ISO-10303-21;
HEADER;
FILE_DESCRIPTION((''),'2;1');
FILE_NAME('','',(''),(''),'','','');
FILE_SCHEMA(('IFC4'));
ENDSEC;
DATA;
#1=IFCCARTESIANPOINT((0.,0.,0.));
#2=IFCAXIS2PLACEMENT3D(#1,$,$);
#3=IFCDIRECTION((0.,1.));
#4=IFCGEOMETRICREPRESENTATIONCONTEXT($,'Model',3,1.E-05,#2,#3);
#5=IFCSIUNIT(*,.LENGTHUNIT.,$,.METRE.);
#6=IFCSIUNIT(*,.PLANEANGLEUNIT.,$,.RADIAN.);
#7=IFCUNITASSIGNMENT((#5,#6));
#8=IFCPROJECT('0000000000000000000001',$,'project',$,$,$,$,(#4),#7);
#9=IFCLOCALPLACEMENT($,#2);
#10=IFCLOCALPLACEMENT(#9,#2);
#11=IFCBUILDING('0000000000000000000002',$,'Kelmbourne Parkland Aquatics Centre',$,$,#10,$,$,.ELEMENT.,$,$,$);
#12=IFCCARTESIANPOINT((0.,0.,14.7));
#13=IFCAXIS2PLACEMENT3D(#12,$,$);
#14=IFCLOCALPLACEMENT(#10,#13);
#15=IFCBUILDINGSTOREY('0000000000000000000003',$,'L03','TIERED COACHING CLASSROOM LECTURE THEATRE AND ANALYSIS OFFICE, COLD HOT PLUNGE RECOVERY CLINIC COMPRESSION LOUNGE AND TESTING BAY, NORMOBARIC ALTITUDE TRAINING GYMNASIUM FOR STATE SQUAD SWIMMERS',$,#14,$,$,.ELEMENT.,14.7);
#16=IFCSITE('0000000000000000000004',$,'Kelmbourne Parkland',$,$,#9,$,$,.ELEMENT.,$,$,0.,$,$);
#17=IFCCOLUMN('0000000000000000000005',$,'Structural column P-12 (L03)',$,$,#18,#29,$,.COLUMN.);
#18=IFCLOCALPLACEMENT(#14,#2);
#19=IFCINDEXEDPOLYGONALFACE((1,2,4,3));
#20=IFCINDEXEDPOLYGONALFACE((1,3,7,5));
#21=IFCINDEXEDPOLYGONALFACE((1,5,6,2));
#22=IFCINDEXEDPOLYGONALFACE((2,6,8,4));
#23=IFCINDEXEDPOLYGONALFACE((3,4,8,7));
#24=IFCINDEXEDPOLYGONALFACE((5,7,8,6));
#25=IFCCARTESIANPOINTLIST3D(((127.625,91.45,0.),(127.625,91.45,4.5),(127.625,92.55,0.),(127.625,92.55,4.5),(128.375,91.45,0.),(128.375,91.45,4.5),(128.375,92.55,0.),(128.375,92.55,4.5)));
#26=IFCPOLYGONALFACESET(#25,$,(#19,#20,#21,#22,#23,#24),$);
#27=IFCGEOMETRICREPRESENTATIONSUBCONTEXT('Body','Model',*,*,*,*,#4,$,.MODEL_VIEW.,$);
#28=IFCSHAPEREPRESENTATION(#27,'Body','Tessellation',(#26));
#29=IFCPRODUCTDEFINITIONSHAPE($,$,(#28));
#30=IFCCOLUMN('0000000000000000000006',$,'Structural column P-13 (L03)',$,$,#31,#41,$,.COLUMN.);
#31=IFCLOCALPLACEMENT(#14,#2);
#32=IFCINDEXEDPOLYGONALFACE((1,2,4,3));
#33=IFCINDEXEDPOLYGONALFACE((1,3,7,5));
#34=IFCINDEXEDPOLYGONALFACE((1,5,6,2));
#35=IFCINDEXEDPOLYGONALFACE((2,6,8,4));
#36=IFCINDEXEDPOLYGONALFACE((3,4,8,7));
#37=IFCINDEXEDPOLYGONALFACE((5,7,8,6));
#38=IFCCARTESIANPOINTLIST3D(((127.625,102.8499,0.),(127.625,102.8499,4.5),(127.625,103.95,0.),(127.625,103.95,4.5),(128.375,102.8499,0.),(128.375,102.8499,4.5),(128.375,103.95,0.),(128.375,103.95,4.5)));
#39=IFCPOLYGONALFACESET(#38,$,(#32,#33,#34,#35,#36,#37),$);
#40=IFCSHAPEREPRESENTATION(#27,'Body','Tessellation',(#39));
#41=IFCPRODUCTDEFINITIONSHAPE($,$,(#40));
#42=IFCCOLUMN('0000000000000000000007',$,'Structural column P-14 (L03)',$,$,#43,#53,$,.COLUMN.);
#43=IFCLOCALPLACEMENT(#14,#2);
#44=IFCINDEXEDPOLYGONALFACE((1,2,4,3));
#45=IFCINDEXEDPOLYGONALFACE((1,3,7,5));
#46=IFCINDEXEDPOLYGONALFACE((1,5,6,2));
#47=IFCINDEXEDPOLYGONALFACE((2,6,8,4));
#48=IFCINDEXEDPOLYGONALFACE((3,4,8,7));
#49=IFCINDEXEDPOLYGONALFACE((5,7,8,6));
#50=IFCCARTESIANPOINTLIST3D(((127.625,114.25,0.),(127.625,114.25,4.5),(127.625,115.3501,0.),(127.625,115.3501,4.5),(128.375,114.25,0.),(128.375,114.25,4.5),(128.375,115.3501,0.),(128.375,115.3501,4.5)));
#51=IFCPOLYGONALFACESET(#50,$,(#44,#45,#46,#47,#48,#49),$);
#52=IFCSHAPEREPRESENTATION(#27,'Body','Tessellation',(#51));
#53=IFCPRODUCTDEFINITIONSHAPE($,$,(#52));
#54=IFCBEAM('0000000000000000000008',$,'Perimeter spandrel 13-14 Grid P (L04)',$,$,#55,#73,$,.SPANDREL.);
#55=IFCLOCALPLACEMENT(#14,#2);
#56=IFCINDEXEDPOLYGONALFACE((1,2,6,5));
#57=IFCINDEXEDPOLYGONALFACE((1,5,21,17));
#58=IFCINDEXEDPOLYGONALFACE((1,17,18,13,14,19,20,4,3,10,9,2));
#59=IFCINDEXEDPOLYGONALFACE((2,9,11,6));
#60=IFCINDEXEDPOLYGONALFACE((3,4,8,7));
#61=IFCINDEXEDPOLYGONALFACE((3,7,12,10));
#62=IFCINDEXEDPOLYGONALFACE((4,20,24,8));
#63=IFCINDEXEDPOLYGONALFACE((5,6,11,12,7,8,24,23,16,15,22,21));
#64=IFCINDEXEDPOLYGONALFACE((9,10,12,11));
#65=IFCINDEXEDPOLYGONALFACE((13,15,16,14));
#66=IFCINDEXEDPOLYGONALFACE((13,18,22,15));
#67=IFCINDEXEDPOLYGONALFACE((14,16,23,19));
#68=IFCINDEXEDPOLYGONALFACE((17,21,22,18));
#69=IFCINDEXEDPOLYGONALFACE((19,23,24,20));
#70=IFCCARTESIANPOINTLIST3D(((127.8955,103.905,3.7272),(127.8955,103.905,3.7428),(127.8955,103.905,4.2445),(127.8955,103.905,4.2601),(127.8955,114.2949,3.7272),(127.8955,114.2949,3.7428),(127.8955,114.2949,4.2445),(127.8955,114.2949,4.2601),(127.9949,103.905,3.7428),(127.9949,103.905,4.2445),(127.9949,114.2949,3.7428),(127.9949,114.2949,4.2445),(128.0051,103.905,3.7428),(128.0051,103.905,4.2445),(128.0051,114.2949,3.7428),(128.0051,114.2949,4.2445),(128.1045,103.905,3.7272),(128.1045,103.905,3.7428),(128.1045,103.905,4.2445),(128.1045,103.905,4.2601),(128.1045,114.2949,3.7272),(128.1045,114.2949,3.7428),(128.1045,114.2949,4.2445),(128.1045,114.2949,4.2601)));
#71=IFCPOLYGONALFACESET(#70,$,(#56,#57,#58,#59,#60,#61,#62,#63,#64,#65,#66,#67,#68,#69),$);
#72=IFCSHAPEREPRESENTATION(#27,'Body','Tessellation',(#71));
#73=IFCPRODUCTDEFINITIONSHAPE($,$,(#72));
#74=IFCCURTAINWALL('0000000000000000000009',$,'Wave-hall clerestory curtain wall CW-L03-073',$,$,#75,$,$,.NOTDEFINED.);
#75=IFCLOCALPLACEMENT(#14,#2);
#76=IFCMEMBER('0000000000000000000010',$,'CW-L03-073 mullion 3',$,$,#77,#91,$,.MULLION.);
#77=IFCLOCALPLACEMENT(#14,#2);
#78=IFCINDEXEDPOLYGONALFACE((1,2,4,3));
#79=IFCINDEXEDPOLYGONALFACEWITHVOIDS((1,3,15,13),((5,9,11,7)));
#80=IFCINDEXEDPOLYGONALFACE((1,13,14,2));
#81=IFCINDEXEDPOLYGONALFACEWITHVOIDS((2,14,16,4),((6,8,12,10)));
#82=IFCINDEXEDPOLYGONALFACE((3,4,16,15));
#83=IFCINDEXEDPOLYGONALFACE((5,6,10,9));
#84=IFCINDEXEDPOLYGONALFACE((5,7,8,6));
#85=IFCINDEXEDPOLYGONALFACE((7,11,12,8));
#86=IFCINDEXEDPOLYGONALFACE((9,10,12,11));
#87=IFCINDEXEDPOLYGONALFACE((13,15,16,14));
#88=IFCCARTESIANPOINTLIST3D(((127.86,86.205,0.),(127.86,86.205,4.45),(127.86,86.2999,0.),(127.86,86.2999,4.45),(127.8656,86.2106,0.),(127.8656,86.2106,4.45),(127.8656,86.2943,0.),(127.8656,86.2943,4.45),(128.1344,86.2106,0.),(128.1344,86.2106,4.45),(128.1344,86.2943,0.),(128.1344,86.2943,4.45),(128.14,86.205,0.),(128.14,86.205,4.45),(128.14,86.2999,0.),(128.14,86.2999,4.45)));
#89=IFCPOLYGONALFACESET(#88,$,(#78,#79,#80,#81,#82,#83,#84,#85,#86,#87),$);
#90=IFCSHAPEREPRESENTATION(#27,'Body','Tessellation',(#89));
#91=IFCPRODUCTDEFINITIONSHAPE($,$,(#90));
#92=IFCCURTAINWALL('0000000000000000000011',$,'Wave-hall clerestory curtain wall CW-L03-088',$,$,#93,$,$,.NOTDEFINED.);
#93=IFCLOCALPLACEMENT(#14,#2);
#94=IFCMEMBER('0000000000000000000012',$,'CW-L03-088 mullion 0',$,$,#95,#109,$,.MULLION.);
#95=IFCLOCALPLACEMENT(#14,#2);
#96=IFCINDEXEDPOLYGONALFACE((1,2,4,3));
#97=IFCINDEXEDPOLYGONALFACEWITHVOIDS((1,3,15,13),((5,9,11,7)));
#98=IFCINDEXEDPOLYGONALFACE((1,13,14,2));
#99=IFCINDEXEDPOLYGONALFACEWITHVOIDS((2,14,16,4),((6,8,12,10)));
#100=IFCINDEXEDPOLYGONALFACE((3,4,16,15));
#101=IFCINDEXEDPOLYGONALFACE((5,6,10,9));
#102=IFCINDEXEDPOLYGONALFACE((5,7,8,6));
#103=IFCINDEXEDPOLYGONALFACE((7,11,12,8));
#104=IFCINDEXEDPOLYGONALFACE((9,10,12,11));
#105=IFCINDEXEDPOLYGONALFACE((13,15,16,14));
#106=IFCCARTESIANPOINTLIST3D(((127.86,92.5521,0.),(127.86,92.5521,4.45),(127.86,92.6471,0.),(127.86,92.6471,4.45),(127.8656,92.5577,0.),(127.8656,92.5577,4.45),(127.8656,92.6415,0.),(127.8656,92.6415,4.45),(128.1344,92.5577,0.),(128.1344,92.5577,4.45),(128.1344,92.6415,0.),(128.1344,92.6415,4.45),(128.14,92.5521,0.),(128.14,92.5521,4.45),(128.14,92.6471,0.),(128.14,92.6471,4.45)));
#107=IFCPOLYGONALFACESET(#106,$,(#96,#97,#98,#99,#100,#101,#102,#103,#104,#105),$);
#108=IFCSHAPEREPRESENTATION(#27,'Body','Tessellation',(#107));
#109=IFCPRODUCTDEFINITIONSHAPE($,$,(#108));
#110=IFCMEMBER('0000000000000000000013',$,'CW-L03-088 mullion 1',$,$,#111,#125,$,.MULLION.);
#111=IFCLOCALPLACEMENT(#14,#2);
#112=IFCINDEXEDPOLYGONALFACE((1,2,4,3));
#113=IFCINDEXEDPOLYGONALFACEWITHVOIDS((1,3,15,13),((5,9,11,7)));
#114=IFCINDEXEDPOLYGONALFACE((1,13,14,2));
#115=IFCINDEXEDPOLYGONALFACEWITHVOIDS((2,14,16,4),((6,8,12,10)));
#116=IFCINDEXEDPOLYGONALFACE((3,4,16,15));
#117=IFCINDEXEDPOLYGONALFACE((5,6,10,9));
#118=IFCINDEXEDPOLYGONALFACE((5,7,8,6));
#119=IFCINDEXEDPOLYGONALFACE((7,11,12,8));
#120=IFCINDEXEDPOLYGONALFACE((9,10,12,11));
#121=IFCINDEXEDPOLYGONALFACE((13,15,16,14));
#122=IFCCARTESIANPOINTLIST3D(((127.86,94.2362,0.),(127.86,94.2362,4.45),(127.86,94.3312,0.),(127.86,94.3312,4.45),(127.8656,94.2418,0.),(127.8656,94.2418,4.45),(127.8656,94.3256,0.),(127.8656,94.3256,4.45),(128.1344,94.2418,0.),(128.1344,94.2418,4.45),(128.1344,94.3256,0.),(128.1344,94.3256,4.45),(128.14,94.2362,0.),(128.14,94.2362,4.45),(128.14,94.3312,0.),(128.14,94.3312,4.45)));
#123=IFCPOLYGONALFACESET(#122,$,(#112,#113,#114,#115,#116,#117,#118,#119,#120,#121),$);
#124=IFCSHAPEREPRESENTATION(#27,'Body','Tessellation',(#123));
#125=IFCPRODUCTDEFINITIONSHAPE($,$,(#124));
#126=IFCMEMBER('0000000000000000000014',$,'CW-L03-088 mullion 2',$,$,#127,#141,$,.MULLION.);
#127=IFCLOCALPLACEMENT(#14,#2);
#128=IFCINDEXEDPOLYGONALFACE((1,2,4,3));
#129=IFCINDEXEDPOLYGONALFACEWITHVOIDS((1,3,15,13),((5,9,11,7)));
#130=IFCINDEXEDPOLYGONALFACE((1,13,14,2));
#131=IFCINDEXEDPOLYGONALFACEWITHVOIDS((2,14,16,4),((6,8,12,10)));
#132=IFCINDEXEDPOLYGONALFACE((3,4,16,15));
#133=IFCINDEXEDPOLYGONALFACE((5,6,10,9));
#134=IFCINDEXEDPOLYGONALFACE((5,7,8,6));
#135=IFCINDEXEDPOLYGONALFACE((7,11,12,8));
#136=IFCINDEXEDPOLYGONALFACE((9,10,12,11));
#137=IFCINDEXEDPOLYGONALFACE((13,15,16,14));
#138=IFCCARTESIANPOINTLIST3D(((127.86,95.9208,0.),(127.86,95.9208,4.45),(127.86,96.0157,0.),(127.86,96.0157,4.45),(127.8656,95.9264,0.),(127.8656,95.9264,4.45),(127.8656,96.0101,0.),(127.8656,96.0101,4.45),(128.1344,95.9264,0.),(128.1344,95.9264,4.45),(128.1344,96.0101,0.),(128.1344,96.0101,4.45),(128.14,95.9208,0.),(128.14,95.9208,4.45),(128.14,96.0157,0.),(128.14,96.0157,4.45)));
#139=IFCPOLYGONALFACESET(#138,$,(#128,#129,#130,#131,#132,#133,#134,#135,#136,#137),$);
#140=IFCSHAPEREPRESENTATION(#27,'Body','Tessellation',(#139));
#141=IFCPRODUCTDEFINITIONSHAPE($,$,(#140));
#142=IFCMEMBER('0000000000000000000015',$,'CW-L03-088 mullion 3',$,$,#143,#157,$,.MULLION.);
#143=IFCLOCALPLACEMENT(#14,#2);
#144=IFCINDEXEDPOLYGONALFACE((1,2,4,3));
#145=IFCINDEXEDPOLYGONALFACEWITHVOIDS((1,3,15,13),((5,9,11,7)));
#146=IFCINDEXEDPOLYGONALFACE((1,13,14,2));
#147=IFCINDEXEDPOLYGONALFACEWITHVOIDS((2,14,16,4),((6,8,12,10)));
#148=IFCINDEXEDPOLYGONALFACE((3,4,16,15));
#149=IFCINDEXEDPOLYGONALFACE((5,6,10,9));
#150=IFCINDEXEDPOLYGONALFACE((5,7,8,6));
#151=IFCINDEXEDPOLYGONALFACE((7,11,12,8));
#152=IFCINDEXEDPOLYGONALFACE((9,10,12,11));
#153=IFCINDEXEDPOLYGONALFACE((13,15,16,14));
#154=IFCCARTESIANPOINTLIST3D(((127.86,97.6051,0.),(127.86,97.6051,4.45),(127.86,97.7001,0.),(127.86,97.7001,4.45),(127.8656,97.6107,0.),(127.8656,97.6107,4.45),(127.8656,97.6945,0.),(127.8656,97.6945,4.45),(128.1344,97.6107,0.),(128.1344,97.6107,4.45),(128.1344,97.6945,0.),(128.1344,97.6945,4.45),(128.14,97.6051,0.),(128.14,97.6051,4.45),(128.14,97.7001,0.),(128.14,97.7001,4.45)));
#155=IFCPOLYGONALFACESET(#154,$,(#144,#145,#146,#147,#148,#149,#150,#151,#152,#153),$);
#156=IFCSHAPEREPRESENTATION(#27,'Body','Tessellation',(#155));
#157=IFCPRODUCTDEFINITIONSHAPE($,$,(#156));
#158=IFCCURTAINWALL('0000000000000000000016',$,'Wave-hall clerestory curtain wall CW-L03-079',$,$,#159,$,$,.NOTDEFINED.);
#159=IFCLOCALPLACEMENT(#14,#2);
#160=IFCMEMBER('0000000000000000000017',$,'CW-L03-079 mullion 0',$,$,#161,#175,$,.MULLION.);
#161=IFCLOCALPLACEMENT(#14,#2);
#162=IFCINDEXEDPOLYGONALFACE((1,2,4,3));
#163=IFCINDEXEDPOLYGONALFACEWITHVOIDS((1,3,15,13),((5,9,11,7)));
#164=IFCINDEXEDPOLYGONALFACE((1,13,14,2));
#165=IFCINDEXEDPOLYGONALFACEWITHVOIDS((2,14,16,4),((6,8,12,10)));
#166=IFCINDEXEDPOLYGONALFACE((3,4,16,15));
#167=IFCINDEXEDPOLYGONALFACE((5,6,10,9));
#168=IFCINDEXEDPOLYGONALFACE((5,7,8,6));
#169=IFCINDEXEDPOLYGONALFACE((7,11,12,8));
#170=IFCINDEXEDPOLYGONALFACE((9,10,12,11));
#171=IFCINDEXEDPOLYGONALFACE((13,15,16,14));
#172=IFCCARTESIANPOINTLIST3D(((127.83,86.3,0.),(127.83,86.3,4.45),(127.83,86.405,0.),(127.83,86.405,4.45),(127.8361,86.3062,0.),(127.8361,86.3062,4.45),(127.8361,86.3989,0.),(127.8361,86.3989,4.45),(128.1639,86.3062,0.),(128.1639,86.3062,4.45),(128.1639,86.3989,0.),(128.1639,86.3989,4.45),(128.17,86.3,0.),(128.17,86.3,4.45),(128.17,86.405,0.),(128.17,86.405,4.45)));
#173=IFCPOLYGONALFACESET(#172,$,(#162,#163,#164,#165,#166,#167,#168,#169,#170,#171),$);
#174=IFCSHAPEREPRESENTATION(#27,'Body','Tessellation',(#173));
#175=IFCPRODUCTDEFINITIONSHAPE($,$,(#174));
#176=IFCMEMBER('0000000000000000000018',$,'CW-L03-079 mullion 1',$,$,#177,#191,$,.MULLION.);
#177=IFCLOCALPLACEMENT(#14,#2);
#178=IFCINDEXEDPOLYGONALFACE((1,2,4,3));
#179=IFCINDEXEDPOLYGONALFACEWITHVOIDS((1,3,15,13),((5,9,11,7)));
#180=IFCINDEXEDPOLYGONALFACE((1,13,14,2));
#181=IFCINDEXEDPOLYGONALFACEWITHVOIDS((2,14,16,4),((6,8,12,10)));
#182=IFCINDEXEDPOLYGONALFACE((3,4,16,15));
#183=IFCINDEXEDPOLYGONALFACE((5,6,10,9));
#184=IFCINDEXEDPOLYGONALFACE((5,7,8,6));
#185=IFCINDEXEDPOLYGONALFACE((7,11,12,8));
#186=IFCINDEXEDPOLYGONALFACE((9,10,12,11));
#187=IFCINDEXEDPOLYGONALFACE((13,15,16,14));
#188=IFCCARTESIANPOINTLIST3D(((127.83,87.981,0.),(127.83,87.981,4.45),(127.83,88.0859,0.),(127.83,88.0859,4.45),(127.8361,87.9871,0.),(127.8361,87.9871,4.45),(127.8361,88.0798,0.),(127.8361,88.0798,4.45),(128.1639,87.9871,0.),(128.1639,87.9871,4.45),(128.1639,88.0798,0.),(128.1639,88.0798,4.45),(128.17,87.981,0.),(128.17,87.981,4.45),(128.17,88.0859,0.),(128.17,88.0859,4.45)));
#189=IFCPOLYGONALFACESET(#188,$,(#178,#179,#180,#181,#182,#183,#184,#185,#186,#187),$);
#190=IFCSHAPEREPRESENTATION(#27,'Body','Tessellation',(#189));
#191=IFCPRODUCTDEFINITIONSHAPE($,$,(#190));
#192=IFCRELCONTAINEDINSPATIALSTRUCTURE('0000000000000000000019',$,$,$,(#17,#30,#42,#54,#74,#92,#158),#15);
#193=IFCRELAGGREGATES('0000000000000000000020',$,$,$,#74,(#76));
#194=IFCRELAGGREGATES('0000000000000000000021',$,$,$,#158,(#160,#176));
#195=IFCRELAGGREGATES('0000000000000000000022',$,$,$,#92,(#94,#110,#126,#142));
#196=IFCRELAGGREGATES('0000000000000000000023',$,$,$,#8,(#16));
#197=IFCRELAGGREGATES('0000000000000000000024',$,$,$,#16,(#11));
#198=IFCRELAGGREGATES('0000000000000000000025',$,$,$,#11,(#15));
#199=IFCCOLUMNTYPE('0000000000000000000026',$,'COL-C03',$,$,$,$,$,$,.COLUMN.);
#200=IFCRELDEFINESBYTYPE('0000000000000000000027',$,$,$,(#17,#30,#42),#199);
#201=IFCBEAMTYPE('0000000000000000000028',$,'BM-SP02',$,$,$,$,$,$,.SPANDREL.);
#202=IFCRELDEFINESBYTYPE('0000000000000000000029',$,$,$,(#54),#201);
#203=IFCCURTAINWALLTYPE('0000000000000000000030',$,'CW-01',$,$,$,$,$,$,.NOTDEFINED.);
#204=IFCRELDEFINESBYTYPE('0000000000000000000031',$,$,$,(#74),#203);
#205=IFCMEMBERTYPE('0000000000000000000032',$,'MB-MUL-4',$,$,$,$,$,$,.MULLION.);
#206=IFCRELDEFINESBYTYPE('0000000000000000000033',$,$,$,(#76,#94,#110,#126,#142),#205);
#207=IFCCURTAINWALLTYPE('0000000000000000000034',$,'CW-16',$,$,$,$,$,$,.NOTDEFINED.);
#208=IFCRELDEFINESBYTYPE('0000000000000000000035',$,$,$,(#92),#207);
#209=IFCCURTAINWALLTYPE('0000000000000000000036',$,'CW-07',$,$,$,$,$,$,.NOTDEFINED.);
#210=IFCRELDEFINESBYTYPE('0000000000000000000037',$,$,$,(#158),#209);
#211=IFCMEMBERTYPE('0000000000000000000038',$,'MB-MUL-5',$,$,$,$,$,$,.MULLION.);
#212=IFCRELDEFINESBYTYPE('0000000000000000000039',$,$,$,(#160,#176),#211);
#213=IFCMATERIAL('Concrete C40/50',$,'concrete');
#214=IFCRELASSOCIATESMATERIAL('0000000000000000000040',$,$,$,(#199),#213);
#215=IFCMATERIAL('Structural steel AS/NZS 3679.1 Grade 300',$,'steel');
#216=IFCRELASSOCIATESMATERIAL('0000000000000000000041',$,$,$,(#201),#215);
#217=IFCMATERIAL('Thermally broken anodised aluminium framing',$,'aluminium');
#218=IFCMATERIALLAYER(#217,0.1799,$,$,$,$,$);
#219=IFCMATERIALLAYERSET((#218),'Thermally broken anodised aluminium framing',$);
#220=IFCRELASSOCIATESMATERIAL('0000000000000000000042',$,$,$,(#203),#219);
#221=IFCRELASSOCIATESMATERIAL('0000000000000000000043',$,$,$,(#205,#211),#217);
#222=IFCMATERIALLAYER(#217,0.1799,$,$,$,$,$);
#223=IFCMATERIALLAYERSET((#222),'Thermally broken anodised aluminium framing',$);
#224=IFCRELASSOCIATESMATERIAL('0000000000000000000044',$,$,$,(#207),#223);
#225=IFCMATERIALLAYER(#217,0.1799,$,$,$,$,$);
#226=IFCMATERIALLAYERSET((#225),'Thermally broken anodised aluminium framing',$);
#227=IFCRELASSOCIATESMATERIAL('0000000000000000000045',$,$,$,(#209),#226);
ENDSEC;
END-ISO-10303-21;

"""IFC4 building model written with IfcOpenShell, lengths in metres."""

from ifc_helpers import new_model, si_unit, direction, frame, origin, origin_2d, place, context, subcontext, project, spatial, rectangle, hollow_rectangle, i_section, extrude, material, layer, layer_set, material_profile, profile_set, type_object, element, aggregate, save


model = new_model("IFC4")

# Units and contexts
model_context = context("Model", 3, precision=1e-05, world=origin(), true_north=direction((0.0, 1.0)))
body_context = subcontext(model_context, "Body", "Model", "MODEL_VIEW")
ifc_project = project(units=[si_unit("LENGTHUNIT", "METRE"), si_unit("PLANEANGLEUNIT", "RADIAN")], contexts=[model_context])

# Site, building, storey
site_placement = place(None, origin())
site = spatial("IfcSite", under=ifc_project, at=site_placement, Name="Kelmbourne Parkland", CompositionType="ELEMENT", RefElevation=0.0)
building_placement = place(site_placement, origin())
building = spatial("IfcBuilding", under=site, at=building_placement, Name="Kelmbourne Parkland Aquatics Centre", CompositionType="ELEMENT")
storey_placement = place(building_placement, frame((0.0, 0.0, 14.7)))
storey = spatial("IfcBuildingStorey", under=building, at=storey_placement, Name="L03", Description="TIERED COACHING CLASSROOM LECTURE THEATRE AND ANALYSIS OFFICE, COLD HOT PLUNGE RECOVERY CLINIC COMPRESSION LOUNGE AND TESTING BAY, NORMOBARIC ALTITUDE TRAINING GYMNASIUM FOR STATE SQUAD SWIMMERS", CompositionType="ELEMENT", Elevation=14.7)

# Columns
ifc_material_1 = material(Name="Concrete C40/50", Category="concrete")
ifc_material_profile_1 = material_profile(ifc_material_1, rectangle(XDim=0.75, YDim=1.1001, at=origin_2d()), Name="RC 750x1100")
ifc_profile_set_1 = profile_set([ifc_material_profile_1], Name="Concrete C40/50")
column_type = type_object("IfcColumnType", Name="COL-C03", PredefinedType="COLUMN", material=ifc_profile_set_1)
for number, where, z_axis, x_axis, name in (
    (1, (128.0, 92.0, 0.0), (0.0, 0.0, 1.0), (1.0, 0.0, 0.0), "Structural column P-12 (L03)"),
    (2, (128.0, 103.3999, 0.0), (0.0, 0.0, 1.0), (1.0, 0.0, 0.0), "Structural column P-13 (L03)"),
    (3, (128.0, 114.8, 0.0), (0.0, 0.0, 1.0), (1.0, 0.0, 0.0), "Structural column P-14 (L03)"),
):
    element("IfcColumn", number, at=place(storey_placement, frame(where, z_axis=z_axis, x_axis=x_axis)), inside=storey, type_object=column_type, Name=name, PredefinedType="COLUMN", context=body_context, shape_type="SweptSolid", body=[
        extrude(rectangle(XDim=0.75, YDim=1.1001, at=origin_2d()), origin(), (0.0, 0.0, 1.0), 4.5),
    ])

# Beam
ifc_material_2 = material(Name="Structural steel AS/NZS 3679.1 Grade 300", Category="steel")
ifc_material_profile_2 = material_profile(ifc_material_2, i_section(OverallWidth=0.209, OverallDepth=0.533, WebThickness=0.0103, FlangeThickness=0.0156, at=origin_2d()), Name="530UB92.4")
ifc_profile_set_2 = profile_set([ifc_material_profile_2], Name="Structural steel AS/NZS 3679.1 Grade 300")
beam_type = type_object("IfcBeamType", Name="BM-SP02", PredefinedType="SPANDREL", material=ifc_profile_set_2)
beam_placement = place(storey_placement, frame((128.0, 103.905, 3.9937), z_axis=(0.0, 1.0, 0.0), x_axis=(-1.0, 0.0, 0.0)))
element("IfcBeam", 4, at=beam_placement, inside=storey, type_object=beam_type, Name="Perimeter spandrel 13-14 Grid P (L04)", PredefinedType="SPANDREL", context=body_context, shape_type="SweptSolid", body=[
    extrude(i_section(OverallWidth=0.209, OverallDepth=0.533, WebThickness=0.0103, FlangeThickness=0.0156, at=origin_2d()), origin(), (0.0, 0.0, 1.0), 10.3899),
])

# Curtain wall, member
ifc_material_3 = material(Name="Thermally broken anodised aluminium framing", Category="aluminium")
ifc_layer_1 = layer(ifc_material_3, 0.1799)
ifc_layer_set_1 = layer_set([ifc_layer_1], Name="Thermally broken anodised aluminium framing")
curtain_wall_type_1 = type_object("IfcCurtainWallType", Name="CW-01", PredefinedType="NOTDEFINED", material=ifc_layer_set_1)
curtain_wall_1_placement = place(storey_placement, origin())
curtain_wall_1 = element("IfcCurtainWall", 5, at=curtain_wall_1_placement, inside=storey, type_object=curtain_wall_type_1, Name="Wave-hall clerestory curtain wall CW-L03-073", PredefinedType="NOTDEFINED")
ifc_material_profile_3 = material_profile(ifc_material_3, hollow_rectangle(XDim=0.095, YDim=0.28, WallThickness=0.0056, at=origin_2d()), Name="CW-M 95x280")
ifc_profile_set_3 = profile_set([ifc_material_profile_3], Name="Thermally broken anodised aluminium framing")
member_type_1 = type_object("IfcMemberType", Name="MB-MUL-4", PredefinedType="MULLION", material=ifc_profile_set_3)
member_1_placement = place(storey_placement, frame((128.0, 86.2524, 0.0), z_axis=(0.0, 0.0, 1.0), x_axis=(0.0, 1.0, 0.0)))
member_1 = element("IfcMember", 6, at=member_1_placement, type_object=member_type_1, Name="CW-L03-073 mullion 3", PredefinedType="MULLION", context=body_context, shape_type="SweptSolid", body=[
    extrude(hollow_rectangle(XDim=0.095, YDim=0.28, WallThickness=0.0056, at=origin_2d()), origin(), (0.0, 0.0, 1.0), 4.45),
])
aggregate(curtain_wall_1, [member_1])

# Curtain walls, members
ifc_layer_2 = layer(ifc_material_3, 0.1799)
ifc_layer_set_2 = layer_set([ifc_layer_2], Name="Thermally broken anodised aluminium framing")
curtain_wall_type_2 = type_object("IfcCurtainWallType", Name="CW-16", PredefinedType="NOTDEFINED", material=ifc_layer_set_2)
curtain_wall_2_placement = place(storey_placement, origin())
curtain_wall_2 = element("IfcCurtainWall", 7, at=curtain_wall_2_placement, inside=storey, type_object=curtain_wall_type_2, Name="Wave-hall clerestory curtain wall CW-L03-088", PredefinedType="NOTDEFINED")
member_2_placement = place(storey_placement, frame((128.0, 92.5996, 0.0), z_axis=(0.0, 0.0, 1.0), x_axis=(0.0, 1.0, 0.0)))
member_2 = element("IfcMember", 8, at=member_2_placement, type_object=member_type_1, Name="CW-L03-088 mullion 0", PredefinedType="MULLION", context=body_context, shape_type="SweptSolid", body=[
    extrude(hollow_rectangle(XDim=0.095, YDim=0.28, WallThickness=0.0056, at=origin_2d()), origin(), (0.0, 0.0, 1.0), 4.45),
])
member_3_placement = place(storey_placement, frame((128.0, 94.2837, 0.0), z_axis=(0.0, 0.0, 1.0), x_axis=(0.0, 1.0, 0.0)))
member_3 = element("IfcMember", 9, at=member_3_placement, type_object=member_type_1, Name="CW-L03-088 mullion 1", PredefinedType="MULLION", context=body_context, shape_type="SweptSolid", body=[
    extrude(hollow_rectangle(XDim=0.095, YDim=0.28, WallThickness=0.0056, at=origin_2d()), origin(), (0.0, 0.0, 1.0), 4.45),
])
member_4_placement = place(storey_placement, frame((128.0, 95.9683, 0.0), z_axis=(0.0, 0.0, 1.0), x_axis=(0.0, 1.0, 0.0)))
member_4 = element("IfcMember", 10, at=member_4_placement, type_object=member_type_1, Name="CW-L03-088 mullion 2", PredefinedType="MULLION", context=body_context, shape_type="SweptSolid", body=[
    extrude(hollow_rectangle(XDim=0.095, YDim=0.28, WallThickness=0.0056, at=origin_2d()), origin(), (0.0, 0.0, 1.0), 4.45),
])
member_5_placement = place(storey_placement, frame((128.0, 97.6526, 0.0), z_axis=(0.0, 0.0, 1.0), x_axis=(0.0, 1.0, 0.0)))
member_5 = element("IfcMember", 11, at=member_5_placement, type_object=member_type_1, Name="CW-L03-088 mullion 3", PredefinedType="MULLION", context=body_context, shape_type="SweptSolid", body=[
    extrude(hollow_rectangle(XDim=0.095, YDim=0.28, WallThickness=0.0056, at=origin_2d()), origin(), (0.0, 0.0, 1.0), 4.45),
])
ifc_layer_3 = layer(ifc_material_3, 0.1799)
ifc_layer_set_3 = layer_set([ifc_layer_3], Name="Thermally broken anodised aluminium framing")
curtain_wall_type_3 = type_object("IfcCurtainWallType", Name="CW-07", PredefinedType="NOTDEFINED", material=ifc_layer_set_3)
curtain_wall_3_placement = place(storey_placement, origin())
curtain_wall_3 = element("IfcCurtainWall", 12, at=curtain_wall_3_placement, inside=storey, type_object=curtain_wall_type_3, Name="Wave-hall clerestory curtain wall CW-L03-079", PredefinedType="NOTDEFINED")
ifc_material_profile_4 = material_profile(ifc_material_3, hollow_rectangle(XDim=0.105, YDim=0.3401, WallThickness=0.0061, at=origin_2d()), Name="CW-M 105x340")
ifc_profile_set_4 = profile_set([ifc_material_profile_4], Name="Thermally broken anodised aluminium framing")
member_type_2 = type_object("IfcMemberType", Name="MB-MUL-5", PredefinedType="MULLION", material=ifc_profile_set_4)
member_6_placement = place(storey_placement, frame((128.0, 86.3525, 0.0), z_axis=(0.0, 0.0, 1.0), x_axis=(0.0, 1.0, 0.0)))
member_6 = element("IfcMember", 13, at=member_6_placement, type_object=member_type_2, Name="CW-L03-079 mullion 0", PredefinedType="MULLION", context=body_context, shape_type="SweptSolid", body=[
    extrude(hollow_rectangle(XDim=0.105, YDim=0.3401, WallThickness=0.0061, at=origin_2d()), origin(), (0.0, 0.0, 1.0), 4.45),
])
member_7_placement = place(storey_placement, frame((128.0, 88.0334, 0.0), z_axis=(0.0, 0.0, 1.0), x_axis=(0.0, 1.0, 0.0)))
member_7 = element("IfcMember", 14, at=member_7_placement, type_object=member_type_2, Name="CW-L03-079 mullion 1", PredefinedType="MULLION", context=body_context, shape_type="SweptSolid", body=[
    extrude(hollow_rectangle(XDim=0.105, YDim=0.3401, WallThickness=0.0061, at=origin_2d()), origin(), (0.0, 0.0, 1.0), 4.45),
])

aggregate(curtain_wall_3, [member_6, member_7])
aggregate(curtain_wall_2, [member_2, member_3, member_4, member_5])

save(model, "model.ifc")
